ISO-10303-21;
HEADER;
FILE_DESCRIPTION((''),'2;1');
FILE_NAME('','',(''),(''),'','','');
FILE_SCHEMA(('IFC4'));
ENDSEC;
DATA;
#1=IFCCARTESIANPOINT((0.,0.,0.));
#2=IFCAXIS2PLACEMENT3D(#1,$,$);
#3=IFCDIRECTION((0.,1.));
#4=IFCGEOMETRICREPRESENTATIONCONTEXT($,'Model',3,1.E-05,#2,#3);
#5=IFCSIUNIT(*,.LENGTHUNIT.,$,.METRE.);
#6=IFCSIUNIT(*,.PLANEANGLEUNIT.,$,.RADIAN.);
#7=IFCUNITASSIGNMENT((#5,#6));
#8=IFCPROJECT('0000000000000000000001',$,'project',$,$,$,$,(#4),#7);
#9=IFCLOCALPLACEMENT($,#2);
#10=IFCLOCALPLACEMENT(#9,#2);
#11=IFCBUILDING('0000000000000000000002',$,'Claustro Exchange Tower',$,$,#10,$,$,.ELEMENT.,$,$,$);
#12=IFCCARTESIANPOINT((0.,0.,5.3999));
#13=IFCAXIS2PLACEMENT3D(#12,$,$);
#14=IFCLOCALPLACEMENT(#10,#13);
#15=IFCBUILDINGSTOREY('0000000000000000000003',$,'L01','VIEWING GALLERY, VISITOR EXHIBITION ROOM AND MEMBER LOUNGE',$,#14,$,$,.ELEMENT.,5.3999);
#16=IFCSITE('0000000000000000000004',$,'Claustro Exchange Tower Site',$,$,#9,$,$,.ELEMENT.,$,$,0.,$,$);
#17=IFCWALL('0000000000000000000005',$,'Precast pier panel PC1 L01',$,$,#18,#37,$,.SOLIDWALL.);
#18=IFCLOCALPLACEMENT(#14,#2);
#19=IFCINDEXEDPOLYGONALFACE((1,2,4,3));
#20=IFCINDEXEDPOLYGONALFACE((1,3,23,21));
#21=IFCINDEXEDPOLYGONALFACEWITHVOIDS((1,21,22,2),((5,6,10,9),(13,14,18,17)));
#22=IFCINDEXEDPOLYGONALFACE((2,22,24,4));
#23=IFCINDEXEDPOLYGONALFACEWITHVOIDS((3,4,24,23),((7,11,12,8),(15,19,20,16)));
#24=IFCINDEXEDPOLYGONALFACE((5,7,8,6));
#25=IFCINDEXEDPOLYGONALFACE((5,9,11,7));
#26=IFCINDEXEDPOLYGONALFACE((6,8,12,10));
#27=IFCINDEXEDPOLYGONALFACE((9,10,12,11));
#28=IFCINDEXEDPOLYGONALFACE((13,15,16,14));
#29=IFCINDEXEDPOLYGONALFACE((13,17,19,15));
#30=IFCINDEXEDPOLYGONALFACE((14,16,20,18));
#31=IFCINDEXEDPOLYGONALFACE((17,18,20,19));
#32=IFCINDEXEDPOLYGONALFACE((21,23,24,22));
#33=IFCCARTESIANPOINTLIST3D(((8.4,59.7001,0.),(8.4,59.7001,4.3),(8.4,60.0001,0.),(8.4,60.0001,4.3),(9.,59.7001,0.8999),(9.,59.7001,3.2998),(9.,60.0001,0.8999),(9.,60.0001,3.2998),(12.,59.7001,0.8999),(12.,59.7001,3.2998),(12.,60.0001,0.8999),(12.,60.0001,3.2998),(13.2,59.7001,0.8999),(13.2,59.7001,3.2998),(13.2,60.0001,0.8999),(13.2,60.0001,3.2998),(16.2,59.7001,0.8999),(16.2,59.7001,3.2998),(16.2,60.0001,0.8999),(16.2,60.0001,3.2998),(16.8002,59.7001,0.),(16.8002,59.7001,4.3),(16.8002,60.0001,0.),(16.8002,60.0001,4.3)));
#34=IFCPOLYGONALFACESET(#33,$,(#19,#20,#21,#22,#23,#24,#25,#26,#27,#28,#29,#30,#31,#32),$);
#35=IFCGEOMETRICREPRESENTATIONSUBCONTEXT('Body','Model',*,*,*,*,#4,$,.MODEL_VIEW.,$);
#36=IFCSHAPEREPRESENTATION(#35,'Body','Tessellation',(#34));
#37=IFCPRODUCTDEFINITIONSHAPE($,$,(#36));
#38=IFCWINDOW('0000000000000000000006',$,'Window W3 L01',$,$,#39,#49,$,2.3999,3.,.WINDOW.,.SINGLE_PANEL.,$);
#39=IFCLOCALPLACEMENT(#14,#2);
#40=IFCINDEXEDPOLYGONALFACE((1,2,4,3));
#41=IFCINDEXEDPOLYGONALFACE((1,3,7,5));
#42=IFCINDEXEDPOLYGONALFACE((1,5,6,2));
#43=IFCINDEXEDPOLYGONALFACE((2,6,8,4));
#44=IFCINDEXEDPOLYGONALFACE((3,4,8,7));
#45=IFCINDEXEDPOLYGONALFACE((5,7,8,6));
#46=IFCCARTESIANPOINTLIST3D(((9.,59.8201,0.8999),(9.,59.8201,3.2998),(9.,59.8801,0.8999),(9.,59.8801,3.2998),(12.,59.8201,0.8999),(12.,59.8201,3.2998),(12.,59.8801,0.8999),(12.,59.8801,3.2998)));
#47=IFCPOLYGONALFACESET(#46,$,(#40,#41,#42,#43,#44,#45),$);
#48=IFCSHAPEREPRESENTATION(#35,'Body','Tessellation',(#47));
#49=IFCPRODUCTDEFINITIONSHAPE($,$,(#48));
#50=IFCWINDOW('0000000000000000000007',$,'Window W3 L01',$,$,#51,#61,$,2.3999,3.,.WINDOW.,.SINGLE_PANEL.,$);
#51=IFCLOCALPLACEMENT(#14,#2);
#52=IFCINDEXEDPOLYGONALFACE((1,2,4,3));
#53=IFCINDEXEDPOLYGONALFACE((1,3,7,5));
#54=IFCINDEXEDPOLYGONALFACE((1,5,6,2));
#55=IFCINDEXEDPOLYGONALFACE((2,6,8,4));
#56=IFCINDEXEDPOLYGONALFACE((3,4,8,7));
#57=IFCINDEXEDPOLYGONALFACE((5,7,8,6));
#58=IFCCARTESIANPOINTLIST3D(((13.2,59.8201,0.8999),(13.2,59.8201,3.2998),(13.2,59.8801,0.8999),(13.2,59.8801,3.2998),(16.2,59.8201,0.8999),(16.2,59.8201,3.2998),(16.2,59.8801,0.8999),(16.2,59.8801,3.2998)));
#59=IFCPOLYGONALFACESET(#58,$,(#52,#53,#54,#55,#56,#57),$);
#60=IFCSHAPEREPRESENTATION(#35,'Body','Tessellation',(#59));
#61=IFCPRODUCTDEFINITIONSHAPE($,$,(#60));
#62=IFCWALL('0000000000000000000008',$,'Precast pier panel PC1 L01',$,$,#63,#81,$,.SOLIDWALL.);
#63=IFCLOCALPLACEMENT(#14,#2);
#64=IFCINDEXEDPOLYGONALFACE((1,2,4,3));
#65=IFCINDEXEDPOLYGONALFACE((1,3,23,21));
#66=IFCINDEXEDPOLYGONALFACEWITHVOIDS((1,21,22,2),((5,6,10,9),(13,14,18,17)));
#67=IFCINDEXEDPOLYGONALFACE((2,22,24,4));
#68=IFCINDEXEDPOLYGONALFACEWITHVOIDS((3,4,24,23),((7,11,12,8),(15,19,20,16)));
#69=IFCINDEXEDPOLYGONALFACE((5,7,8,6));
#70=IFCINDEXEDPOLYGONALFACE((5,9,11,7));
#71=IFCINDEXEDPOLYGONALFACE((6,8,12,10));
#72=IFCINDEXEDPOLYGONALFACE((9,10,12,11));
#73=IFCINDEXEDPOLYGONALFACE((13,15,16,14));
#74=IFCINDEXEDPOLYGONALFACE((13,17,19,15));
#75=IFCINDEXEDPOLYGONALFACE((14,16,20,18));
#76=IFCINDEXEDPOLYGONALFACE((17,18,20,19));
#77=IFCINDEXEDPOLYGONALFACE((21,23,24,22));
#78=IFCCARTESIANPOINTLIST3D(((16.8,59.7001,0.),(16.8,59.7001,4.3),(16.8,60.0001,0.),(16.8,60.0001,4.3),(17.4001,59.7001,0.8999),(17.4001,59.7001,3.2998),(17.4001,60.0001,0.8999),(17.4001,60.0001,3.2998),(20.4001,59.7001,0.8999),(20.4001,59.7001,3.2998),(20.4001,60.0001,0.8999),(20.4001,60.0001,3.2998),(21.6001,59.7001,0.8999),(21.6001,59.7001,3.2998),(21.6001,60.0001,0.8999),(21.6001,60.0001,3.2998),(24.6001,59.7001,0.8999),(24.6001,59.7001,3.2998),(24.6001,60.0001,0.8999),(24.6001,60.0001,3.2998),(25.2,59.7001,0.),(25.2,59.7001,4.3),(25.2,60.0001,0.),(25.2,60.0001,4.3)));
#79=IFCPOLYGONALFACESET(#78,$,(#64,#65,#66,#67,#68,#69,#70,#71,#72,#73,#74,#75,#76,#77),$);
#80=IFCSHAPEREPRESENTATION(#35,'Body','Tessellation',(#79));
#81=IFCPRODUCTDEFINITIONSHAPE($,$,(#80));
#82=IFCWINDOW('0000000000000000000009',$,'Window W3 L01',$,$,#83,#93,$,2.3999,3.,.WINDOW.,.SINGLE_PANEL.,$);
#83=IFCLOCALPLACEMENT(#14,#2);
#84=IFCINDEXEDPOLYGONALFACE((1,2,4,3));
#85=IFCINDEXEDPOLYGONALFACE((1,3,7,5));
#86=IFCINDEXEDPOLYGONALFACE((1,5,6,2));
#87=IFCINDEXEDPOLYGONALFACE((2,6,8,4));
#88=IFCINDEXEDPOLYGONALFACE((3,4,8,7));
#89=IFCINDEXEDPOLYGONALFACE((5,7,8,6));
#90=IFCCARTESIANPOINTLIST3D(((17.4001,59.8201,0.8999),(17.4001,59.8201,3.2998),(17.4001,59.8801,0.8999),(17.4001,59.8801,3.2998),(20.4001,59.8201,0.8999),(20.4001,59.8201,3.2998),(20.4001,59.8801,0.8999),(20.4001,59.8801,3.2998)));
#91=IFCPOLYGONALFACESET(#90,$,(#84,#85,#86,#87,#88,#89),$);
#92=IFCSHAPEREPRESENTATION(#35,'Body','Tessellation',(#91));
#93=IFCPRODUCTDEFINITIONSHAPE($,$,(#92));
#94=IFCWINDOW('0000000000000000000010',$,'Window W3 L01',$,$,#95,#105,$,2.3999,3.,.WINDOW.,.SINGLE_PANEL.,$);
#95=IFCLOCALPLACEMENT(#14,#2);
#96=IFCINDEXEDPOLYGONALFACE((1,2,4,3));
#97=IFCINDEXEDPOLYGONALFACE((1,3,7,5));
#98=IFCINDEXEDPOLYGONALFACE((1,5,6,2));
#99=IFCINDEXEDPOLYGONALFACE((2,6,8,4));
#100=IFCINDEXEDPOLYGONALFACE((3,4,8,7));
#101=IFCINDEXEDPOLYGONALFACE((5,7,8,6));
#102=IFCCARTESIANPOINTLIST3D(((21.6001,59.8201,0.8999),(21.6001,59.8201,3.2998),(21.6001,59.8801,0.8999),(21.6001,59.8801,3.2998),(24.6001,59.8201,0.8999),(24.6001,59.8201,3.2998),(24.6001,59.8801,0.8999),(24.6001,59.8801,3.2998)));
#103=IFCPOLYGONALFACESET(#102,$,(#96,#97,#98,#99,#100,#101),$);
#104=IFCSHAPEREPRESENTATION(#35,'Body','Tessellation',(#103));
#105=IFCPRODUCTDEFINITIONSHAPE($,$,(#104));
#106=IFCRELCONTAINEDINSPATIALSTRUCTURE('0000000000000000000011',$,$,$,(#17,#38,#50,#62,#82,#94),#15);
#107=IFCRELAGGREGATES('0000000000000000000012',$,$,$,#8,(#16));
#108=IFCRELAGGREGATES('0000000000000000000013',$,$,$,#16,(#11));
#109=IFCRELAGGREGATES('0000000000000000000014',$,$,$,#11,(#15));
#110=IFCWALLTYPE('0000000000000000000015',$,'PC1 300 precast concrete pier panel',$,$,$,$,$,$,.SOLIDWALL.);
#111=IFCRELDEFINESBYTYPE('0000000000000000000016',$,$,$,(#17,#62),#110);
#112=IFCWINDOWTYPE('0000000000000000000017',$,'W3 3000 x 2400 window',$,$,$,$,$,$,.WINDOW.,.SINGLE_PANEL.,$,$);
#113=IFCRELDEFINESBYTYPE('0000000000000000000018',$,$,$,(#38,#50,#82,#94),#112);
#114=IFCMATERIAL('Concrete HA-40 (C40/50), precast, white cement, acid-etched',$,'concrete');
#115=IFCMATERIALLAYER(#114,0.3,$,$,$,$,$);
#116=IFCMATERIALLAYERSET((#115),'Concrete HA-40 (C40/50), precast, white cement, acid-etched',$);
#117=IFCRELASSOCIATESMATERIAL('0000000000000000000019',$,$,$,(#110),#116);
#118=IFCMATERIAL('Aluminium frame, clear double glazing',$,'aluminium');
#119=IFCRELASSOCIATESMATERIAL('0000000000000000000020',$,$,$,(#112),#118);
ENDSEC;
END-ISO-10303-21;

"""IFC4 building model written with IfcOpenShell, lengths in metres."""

from ifc_helpers import new_model, si_unit, direction, frame, frame_2d, origin, place, context, subcontext, project, spatial, rectangle, extrude, material, layer, layer_set, type_object, element, fill, save


model = new_model("IFC4")

# Units and contexts
model_context = context("Model", 3, precision=1e-05, world=origin(), true_north=direction((0.0, 1.0)))
body_context = subcontext(model_context, "Body", "Model", "MODEL_VIEW")
ifc_project = project(units=[si_unit("LENGTHUNIT", "METRE"), si_unit("PLANEANGLEUNIT", "RADIAN")], contexts=[model_context])

# Site, building, storey
site_placement = place(None, origin())
site = spatial("IfcSite", under=ifc_project, at=site_placement, Name="Claustro Exchange Tower Site", CompositionType="ELEMENT", RefElevation=0.0)
building_placement = place(site_placement, origin())
building = spatial("IfcBuilding", under=site, at=building_placement, Name="Claustro Exchange Tower", CompositionType="ELEMENT")
storey_placement = place(building_placement, frame((0.0, 0.0, 5.3999)))
storey = spatial("IfcBuildingStorey", under=building, at=storey_placement, Name="L01", Description="VIEWING GALLERY, VISITOR EXHIBITION ROOM AND MEMBER LOUNGE", CompositionType="ELEMENT", Elevation=5.3999)

# Walls, openings, windows
ifc_material_1 = material(Name="Concrete HA-40 (C40/50), precast, white cement, acid-etched", Category="concrete")
ifc_layer = layer(ifc_material_1, 0.3)
ifc_layer_set = layer_set([ifc_layer], Name="Concrete HA-40 (C40/50), precast, white cement, acid-etched")
wall_type = type_object("IfcWallType", Name="PC1 300 precast concrete pier panel", PredefinedType="SOLIDWALL", material=ifc_layer_set)
wall_1_placement = place(storey_placement, frame((8.3999, 59.8501, 0.0), z_axis=(0.0, 0.0, 1.0), x_axis=(1.0, 0.0, 0.0)))
wall_1 = element("IfcWall", 1, at=wall_1_placement, inside=storey, type_object=wall_type, Name="Precast pier panel PC1 L01", PredefinedType="SOLIDWALL", context=body_context, shape_type="SweptSolid", body=[
    extrude(rectangle(XDim=8.4001, YDim=0.3, at=frame_2d((4.2002, 0.0))), origin(), (0.0, 0.0, 1.0), 4.3),
])
opening_1_placement = place(wall_1_placement, frame((0.6001, 0.0, 0.8999)))
opening_1 = element("IfcOpeningElement", 2, at=opening_1_placement, cuts=wall_1, PredefinedType="OPENING", context=body_context, shape_type="SweptSolid", body=[
    extrude(rectangle(XDim=3.0, YDim=2.3999, at=frame_2d((1.5, 1.2))), frame((0.0, 0.1599, 0.0), z_axis=(0.0, -1.0, 0.0), x_axis=(1.0, 0.0, 0.0)), (0.0, 0.0, 1.0), 0.3201),
])
opening_2_placement = place(wall_1_placement, frame((4.8, 0.0, 0.8999)))
opening_2 = element("IfcOpeningElement", 3, at=opening_2_placement, cuts=wall_1, PredefinedType="OPENING", context=body_context, shape_type="SweptSolid", body=[
    extrude(rectangle(XDim=3.0, YDim=2.3999, at=frame_2d((1.5, 1.2))), frame((0.0, 0.1599, 0.0), z_axis=(0.0, -1.0, 0.0), x_axis=(1.0, 0.0, 0.0)), (0.0, 0.0, 1.0), 0.3201),
])
ifc_material_2 = material(Name="Aluminium frame, clear double glazing", Category="aluminium")
window_type = type_object("IfcWindowType", Name="W3 3000 x 2400 window", PartitioningType="SINGLE_PANEL", PredefinedType="WINDOW", material=ifc_material_2)
window_1_placement = place(opening_1_placement, origin())
window_1 = element("IfcWindow", 4, at=window_1_placement, inside=storey, type_object=window_type, Name="Window W3 L01", OverallHeight=2.3999, OverallWidth=3.0, PartitioningType="SINGLE_PANEL", PredefinedType="WINDOW", context=body_context, shape_type="SweptSolid", body=[
    extrude(rectangle(XDim=3.0, YDim=2.3999, at=frame_2d((1.5, 1.2))), frame((0.0, 0.03, 0.0), z_axis=(0.0, -1.0, 0.0), x_axis=(1.0, 0.0, 0.0)), (0.0, 0.0, 1.0), 0.0601),
])
fill(opening_1, window_1)
window_2_placement = place(opening_2_placement, origin())
window_2 = element("IfcWindow", 5, at=window_2_placement, inside=storey, type_object=window_type, Name="Window W3 L01", OverallHeight=2.3999, OverallWidth=3.0, PartitioningType="SINGLE_PANEL", PredefinedType="WINDOW", context=body_context, shape_type="SweptSolid", body=[
    extrude(rectangle(XDim=3.0, YDim=2.3999, at=frame_2d((1.5, 1.2))), frame((0.0, 0.03, 0.0), z_axis=(0.0, -1.0, 0.0), x_axis=(1.0, 0.0, 0.0)), (0.0, 0.0, 1.0), 0.0601),
])
fill(opening_2, window_2)
wall_2_placement = place(storey_placement, frame((16.8, 59.8501, 0.0), z_axis=(0.0, 0.0, 1.0), x_axis=(1.0, 0.0, 0.0)))
wall_2 = element("IfcWall", 6, at=wall_2_placement, inside=storey, type_object=wall_type, Name="Precast pier panel PC1 L01", PredefinedType="SOLIDWALL", context=body_context, shape_type="SweptSolid", body=[
    extrude(rectangle(XDim=8.3999, YDim=0.3, at=frame_2d((4.2, 0.0))), origin(), (0.0, 0.0, 1.0), 4.3),
])
opening_3_placement = place(wall_2_placement, frame((0.6001, 0.0, 0.8999)))
opening_3 = element("IfcOpeningElement", 7, at=opening_3_placement, cuts=wall_2, PredefinedType="OPENING", context=body_context, shape_type="SweptSolid", body=[
    extrude(rectangle(XDim=3.0, YDim=2.3999, at=frame_2d((1.5, 1.2))), frame((0.0, 0.1599, 0.0), z_axis=(0.0, -1.0, 0.0), x_axis=(1.0, 0.0, 0.0)), (0.0, 0.0, 1.0), 0.3201),
])
opening_4_placement = place(wall_2_placement, frame((4.8, 0.0, 0.8999)))
opening_4 = element("IfcOpeningElement", 8, at=opening_4_placement, cuts=wall_2, PredefinedType="OPENING", context=body_context, shape_type="SweptSolid", body=[
    extrude(rectangle(XDim=3.0, YDim=2.3999, at=frame_2d((1.5, 1.2))), frame((0.0, 0.1599, 0.0), z_axis=(0.0, -1.0, 0.0), x_axis=(1.0, 0.0, 0.0)), (0.0, 0.0, 1.0), 0.3201),
])
window_3_placement = place(opening_3_placement, origin())
window_3 = element("IfcWindow", 9, at=window_3_placement, inside=storey, type_object=window_type, Name="Window W3 L01", OverallHeight=2.3999, OverallWidth=3.0, PartitioningType="SINGLE_PANEL", PredefinedType="WINDOW", context=body_context, shape_type="SweptSolid", body=[
    extrude(rectangle(XDim=3.0, YDim=2.3999, at=frame_2d((1.5, 1.2))), frame((0.0, 0.03, 0.0), z_axis=(0.0, -1.0, 0.0), x_axis=(1.0, 0.0, 0.0)), (0.0, 0.0, 1.0), 0.0601),
])
fill(opening_3, window_3)
window_4_placement = place(opening_4_placement, origin())
window_4 = element("IfcWindow", 10, at=window_4_placement, inside=storey, type_object=window_type, Name="Window W3 L01", OverallHeight=2.3999, OverallWidth=3.0, PartitioningType="SINGLE_PANEL", PredefinedType="WINDOW", context=body_context, shape_type="SweptSolid", body=[
    extrude(rectangle(XDim=3.0, YDim=2.3999, at=frame_2d((1.5, 1.2))), frame((0.0, 0.03, 0.0), z_axis=(0.0, -1.0, 0.0), x_axis=(1.0, 0.0, 0.0)), (0.0, 0.0, 1.0), 0.0601),
])
fill(opening_4, window_4)

save(model, "model.ifc")
